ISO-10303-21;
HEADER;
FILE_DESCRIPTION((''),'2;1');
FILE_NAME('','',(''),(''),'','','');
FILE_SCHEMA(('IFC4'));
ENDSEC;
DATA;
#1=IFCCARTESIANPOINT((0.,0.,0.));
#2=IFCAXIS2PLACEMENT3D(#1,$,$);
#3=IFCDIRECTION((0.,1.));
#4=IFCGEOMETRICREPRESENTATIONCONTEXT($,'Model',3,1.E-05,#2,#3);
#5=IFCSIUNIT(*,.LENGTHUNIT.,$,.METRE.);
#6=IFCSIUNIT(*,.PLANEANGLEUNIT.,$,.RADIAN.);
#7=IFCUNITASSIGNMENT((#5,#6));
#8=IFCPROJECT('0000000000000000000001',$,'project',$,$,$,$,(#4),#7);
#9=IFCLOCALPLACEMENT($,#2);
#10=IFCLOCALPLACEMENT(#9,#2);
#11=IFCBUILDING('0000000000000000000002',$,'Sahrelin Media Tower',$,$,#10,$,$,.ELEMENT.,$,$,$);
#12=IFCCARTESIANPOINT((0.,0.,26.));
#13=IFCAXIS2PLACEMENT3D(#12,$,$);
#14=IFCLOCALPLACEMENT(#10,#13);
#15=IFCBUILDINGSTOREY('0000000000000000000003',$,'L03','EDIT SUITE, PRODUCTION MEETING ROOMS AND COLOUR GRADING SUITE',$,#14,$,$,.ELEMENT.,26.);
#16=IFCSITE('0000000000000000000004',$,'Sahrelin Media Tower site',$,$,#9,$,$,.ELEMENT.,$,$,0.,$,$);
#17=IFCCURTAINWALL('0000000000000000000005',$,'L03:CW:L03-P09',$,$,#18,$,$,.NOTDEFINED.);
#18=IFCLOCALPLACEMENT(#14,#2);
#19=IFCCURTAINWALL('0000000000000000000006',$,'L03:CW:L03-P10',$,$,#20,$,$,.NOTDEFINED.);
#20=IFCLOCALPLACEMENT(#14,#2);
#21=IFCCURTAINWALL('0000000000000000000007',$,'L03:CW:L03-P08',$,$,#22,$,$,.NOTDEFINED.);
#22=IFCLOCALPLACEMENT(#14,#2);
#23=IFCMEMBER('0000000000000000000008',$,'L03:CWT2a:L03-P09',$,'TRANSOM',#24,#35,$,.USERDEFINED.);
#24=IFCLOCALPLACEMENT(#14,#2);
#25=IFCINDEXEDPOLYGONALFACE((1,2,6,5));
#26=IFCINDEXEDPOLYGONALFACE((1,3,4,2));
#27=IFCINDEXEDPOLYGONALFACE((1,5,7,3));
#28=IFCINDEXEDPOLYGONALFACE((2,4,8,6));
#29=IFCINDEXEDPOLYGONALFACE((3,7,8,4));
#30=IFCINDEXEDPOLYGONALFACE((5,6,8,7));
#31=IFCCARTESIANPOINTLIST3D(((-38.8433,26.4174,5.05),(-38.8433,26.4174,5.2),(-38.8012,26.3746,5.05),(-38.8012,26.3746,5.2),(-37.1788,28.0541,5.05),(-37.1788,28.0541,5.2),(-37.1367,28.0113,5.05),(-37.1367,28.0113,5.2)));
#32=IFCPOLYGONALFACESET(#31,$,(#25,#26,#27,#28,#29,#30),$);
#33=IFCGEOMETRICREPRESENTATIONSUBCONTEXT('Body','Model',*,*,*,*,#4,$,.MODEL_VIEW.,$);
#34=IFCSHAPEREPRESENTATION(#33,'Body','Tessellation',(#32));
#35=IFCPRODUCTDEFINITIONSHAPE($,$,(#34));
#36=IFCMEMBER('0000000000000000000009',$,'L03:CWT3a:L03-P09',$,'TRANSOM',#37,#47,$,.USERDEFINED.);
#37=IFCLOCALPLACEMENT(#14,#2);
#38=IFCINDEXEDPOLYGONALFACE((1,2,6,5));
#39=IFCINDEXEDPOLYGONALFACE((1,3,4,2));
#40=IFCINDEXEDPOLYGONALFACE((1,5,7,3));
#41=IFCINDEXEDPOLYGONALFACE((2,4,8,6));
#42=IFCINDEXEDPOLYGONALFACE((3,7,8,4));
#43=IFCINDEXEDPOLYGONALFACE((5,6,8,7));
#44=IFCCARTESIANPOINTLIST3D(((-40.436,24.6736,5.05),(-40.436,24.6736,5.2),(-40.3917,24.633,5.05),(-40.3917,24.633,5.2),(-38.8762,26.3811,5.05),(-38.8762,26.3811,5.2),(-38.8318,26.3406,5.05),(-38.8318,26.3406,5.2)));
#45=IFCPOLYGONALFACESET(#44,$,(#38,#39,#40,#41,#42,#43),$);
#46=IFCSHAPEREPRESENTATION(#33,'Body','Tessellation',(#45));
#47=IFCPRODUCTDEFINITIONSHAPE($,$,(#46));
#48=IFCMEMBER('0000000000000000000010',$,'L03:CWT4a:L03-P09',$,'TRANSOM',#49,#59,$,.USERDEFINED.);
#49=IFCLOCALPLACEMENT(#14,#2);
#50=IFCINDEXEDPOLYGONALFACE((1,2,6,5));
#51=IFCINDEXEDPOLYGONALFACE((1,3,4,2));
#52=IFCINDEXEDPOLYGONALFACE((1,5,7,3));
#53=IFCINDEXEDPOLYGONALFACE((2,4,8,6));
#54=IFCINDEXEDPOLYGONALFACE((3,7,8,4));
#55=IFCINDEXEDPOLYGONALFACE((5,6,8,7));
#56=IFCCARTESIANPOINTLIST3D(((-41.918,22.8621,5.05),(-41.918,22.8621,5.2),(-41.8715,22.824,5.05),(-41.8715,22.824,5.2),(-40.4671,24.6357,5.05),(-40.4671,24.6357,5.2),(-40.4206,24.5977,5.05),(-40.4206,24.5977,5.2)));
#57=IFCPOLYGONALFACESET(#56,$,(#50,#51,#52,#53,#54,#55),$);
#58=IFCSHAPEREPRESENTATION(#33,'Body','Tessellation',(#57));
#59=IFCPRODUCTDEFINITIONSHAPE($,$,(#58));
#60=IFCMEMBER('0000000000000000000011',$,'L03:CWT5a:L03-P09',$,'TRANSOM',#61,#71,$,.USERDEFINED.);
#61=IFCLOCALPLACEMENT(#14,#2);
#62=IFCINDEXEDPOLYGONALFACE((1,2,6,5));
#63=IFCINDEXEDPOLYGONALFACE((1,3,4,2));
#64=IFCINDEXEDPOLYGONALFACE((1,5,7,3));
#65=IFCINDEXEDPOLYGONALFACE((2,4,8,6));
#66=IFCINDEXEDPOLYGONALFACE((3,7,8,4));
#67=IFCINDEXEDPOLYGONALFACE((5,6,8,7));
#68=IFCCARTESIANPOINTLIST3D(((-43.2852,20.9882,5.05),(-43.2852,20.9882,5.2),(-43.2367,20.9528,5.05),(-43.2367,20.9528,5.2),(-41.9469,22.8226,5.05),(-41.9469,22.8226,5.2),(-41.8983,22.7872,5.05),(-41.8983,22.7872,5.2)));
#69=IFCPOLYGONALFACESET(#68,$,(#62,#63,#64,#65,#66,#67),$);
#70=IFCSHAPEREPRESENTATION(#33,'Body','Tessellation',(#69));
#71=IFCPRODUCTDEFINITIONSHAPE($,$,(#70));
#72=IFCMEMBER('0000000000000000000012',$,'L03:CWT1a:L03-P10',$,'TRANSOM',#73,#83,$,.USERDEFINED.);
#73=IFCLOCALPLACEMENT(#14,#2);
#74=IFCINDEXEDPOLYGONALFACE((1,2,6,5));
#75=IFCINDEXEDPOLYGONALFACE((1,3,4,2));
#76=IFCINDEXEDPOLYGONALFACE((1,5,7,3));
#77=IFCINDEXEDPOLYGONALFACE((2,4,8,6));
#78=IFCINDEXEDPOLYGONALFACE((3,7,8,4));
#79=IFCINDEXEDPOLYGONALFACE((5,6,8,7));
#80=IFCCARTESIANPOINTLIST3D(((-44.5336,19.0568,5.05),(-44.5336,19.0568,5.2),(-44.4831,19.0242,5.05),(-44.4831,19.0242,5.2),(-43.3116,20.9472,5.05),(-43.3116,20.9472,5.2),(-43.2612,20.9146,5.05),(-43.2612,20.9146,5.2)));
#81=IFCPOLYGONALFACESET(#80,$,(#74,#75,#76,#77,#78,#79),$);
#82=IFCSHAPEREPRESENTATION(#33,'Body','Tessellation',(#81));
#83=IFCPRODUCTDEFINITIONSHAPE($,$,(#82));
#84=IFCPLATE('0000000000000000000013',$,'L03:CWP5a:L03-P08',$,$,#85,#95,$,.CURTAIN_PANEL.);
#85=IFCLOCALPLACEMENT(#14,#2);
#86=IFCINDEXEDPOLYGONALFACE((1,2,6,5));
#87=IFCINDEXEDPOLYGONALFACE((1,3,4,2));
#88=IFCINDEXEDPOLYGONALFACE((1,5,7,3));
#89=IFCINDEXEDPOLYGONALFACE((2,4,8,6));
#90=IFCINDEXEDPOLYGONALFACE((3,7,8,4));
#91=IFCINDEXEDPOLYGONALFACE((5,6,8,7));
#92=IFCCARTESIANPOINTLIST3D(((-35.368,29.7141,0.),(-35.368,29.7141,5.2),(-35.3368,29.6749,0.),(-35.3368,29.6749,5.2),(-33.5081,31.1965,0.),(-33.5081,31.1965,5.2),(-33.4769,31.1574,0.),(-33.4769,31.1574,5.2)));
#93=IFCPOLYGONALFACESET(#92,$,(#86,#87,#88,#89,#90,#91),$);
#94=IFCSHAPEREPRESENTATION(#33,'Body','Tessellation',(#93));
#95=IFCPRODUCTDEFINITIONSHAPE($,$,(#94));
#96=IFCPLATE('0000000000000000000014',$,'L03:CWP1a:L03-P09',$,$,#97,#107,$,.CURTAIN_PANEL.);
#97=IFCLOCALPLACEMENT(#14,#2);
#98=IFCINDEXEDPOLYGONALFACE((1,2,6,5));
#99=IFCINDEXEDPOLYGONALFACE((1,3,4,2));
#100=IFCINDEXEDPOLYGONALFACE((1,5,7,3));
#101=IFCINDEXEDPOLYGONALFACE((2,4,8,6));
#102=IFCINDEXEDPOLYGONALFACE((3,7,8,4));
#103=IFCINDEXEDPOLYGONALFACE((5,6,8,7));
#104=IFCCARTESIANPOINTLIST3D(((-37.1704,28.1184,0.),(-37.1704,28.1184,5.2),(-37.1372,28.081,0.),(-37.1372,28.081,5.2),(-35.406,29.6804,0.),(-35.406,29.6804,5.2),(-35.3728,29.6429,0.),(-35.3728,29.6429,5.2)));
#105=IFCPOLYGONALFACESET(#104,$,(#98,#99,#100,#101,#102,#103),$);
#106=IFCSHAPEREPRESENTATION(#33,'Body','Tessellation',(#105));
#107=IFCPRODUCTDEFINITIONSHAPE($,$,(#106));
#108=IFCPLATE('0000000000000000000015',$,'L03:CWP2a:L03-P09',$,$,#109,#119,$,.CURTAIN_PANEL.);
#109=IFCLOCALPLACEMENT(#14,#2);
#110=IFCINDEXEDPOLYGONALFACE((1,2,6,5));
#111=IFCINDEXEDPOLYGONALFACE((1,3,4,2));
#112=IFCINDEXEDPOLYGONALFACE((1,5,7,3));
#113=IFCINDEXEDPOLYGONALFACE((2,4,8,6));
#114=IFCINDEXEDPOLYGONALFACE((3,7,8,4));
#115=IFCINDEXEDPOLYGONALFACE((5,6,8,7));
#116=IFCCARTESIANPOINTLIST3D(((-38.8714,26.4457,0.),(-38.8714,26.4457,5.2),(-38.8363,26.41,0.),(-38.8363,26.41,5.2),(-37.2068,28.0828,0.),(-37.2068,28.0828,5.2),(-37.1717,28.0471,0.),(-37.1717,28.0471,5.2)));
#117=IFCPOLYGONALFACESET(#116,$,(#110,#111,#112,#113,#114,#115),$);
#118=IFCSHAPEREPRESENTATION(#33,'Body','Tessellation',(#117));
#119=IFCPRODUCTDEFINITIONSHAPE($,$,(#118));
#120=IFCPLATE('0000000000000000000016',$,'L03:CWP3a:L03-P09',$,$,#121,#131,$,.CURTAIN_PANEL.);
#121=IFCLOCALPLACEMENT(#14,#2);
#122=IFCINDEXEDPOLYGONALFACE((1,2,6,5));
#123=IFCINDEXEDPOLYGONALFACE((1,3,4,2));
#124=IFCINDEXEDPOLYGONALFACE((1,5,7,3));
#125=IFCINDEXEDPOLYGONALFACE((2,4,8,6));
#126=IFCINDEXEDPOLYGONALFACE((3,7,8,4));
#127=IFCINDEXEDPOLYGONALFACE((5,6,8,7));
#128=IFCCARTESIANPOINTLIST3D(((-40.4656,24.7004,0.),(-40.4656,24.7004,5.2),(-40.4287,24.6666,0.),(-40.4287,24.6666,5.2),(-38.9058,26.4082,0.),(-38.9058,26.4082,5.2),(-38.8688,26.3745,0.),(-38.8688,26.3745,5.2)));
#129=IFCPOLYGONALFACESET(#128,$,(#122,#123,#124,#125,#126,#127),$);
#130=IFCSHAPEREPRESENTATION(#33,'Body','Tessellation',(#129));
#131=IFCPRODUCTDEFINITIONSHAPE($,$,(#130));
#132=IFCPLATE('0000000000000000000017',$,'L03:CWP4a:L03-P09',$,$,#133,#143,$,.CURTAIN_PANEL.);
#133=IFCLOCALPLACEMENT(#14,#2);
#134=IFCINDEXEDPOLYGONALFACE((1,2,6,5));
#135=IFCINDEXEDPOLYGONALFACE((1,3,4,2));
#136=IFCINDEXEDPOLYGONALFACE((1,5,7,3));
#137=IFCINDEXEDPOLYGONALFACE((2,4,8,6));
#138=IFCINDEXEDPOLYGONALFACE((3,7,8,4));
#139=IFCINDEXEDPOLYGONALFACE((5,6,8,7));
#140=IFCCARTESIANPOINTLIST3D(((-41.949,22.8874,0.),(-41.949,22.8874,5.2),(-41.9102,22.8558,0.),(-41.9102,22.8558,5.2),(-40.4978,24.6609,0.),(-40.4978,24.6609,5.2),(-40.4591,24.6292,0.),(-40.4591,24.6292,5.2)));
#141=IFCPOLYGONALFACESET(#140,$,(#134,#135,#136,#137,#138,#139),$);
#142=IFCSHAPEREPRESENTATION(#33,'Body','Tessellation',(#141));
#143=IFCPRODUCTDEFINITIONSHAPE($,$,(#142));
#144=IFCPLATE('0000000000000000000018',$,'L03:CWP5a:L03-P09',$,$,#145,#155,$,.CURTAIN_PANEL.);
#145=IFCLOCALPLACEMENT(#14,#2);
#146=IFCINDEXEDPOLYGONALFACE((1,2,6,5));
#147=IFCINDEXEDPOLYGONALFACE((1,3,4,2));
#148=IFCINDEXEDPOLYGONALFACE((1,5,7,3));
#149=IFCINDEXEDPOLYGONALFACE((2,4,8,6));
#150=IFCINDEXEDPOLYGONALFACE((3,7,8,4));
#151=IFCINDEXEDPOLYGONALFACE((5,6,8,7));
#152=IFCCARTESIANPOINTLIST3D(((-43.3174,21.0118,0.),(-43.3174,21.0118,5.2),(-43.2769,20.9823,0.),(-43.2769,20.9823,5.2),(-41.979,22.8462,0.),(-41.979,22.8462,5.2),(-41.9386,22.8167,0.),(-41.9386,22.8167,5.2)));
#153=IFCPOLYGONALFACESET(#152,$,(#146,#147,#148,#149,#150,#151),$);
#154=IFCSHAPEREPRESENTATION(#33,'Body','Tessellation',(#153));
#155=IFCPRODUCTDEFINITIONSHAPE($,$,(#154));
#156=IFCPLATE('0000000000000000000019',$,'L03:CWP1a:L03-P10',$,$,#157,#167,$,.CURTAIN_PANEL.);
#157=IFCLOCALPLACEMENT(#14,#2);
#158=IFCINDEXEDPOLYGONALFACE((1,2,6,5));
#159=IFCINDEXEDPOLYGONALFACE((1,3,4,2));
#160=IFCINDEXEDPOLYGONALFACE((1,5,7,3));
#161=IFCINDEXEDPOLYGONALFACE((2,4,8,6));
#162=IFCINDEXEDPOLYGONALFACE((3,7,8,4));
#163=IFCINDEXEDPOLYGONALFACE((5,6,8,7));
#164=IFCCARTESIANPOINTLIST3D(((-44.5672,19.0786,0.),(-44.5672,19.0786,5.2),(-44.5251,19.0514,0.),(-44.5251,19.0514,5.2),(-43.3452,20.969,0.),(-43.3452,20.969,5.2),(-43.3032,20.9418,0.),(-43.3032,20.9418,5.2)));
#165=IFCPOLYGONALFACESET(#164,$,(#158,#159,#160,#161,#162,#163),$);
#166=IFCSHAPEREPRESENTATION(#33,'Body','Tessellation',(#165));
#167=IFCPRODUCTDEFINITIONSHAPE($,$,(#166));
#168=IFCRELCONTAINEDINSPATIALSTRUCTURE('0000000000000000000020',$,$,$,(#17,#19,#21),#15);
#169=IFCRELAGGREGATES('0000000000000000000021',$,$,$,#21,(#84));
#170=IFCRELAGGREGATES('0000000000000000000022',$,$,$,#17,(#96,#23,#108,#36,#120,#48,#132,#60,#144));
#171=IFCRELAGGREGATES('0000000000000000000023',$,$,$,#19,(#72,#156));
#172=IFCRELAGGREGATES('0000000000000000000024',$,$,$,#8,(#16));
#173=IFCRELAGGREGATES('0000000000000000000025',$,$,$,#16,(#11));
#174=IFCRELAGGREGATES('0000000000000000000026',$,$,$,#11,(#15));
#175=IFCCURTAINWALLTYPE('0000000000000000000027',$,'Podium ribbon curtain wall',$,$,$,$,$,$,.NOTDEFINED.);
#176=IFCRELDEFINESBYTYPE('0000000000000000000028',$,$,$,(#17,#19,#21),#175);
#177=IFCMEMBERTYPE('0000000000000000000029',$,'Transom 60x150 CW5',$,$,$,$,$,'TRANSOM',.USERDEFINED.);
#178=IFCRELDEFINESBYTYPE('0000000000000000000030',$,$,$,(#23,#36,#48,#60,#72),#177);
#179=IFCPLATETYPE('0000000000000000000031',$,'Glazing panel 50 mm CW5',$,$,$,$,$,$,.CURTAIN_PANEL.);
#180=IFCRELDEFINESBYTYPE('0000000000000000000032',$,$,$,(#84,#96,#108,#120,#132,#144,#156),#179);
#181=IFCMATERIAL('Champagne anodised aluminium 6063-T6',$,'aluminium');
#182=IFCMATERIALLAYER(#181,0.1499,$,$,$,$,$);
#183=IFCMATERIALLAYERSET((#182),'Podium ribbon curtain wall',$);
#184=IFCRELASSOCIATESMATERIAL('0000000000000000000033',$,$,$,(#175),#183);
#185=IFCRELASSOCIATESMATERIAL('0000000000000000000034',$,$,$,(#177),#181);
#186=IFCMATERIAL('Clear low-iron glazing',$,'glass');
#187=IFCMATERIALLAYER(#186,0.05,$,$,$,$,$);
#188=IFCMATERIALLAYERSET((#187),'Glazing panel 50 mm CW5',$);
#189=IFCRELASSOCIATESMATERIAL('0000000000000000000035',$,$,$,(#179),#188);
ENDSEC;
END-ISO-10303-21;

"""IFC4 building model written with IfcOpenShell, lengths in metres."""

from ifc_helpers import new_model, si_unit, direction, frame, origin, origin_2d, place, context, subcontext, project, spatial, polyline, rectangle, outline, extrude, material, layer, layer_set, material_profile, profile_set, type_object, element, aggregate, save


model = new_model("IFC4")

# Units and contexts
model_context = context("Model", 3, precision=1e-05, world=origin(), true_north=direction((0.0, 1.0)))
body_context = subcontext(model_context, "Body", "Model", "MODEL_VIEW")
ifc_project = project(units=[si_unit("LENGTHUNIT", "METRE"), si_unit("PLANEANGLEUNIT", "RADIAN")], contexts=[model_context])

# Site, building, storey
site_placement = place(None, origin())
site = spatial("IfcSite", under=ifc_project, at=site_placement, Name="Sahrelin Media Tower site", CompositionType="ELEMENT", RefElevation=0.0)
building_placement = place(site_placement, origin())
building = spatial("IfcBuilding", under=site, at=building_placement, Name="Sahrelin Media Tower", CompositionType="ELEMENT")
storey_placement = place(building_placement, frame((0.0, 0.0, 26.0)))
storey = spatial("IfcBuildingStorey", under=building, at=storey_placement, Name="L03", Description="EDIT SUITE, PRODUCTION MEETING ROOMS AND COLOUR GRADING SUITE", CompositionType="ELEMENT", Elevation=26.0)

# Curtain wall
ifc_material_1 = material(Name="Champagne anodised aluminium 6063-T6", Category="aluminium")
ifc_layer_1 = layer(ifc_material_1, 0.1499)
ifc_layer_set_1 = layer_set([ifc_layer_1], Name="Podium ribbon curtain wall")
curtain_wall_type = type_object("IfcCurtainWallType", Name="Podium ribbon curtain wall", PredefinedType="NOTDEFINED", material=ifc_layer_set_1)
curtain_wall_1_placement = place(storey_placement, frame((-35.3552, 29.6985, 0.0), z_axis=(0.0, 0.0, 1.0), x_axis=(1.0, 0.0, 0.0)))
curtain_wall_1 = element("IfcCurtainWall", 1, at=curtain_wall_1_placement, inside=storey, type_object=curtain_wall_type, Name="L03:CW:L03-P09", PredefinedType="NOTDEFINED")

# Curtain wall
curtain_wall_2_placement = place(storey_placement, frame((-43.3013, 21.0, 0.0), z_axis=(0.0, 0.0, 1.0), x_axis=(1.0, 0.0, 0.0)))
curtain_wall_2 = element("IfcCurtainWall", 2, at=curtain_wall_2_placement, inside=storey, type_object=curtain_wall_type, Name="L03:CW:L03-P10", PredefinedType="NOTDEFINED")

# Curtain wall
curtain_wall_3_placement = place(storey_placement, frame((-25.0, 36.373, 0.0), z_axis=(0.0, 0.0, 1.0), x_axis=(1.0, 0.0, 0.0)))
curtain_wall_3 = element("IfcCurtainWall", 3, at=curtain_wall_3_placement, inside=storey, type_object=curtain_wall_type, Name="L03:CW:L03-P08", PredefinedType="NOTDEFINED")
ifc_material_profile_1 = material_profile(ifc_material_1, rectangle(XDim=0.0601, YDim=0.1499, at=origin_2d()), Name="Transom 60x150")
ifc_profile_set_1 = profile_set([ifc_material_profile_1], Name="Champagne anodised aluminium 6063-T6")
member_type_1 = type_object("IfcMemberType", Name="Transom 60x150 CW5", ElementType="TRANSOM", PredefinedType="USERDEFINED", material=ifc_profile_set_1)

# Members
member_1_placement = place(storey_placement, frame((-37.1577, 28.0327, 5.125), z_axis=(-0.713043, -0.70112, 0.0), x_axis=(0.70112, -0.713043, 0.0)))
member_1 = element("IfcMember", 4, at=member_1_placement, type_object=member_type_1, Name="L03:CWT2a:L03-P09", ObjectType="TRANSOM", PredefinedType="USERDEFINED", context=body_context, shape_type="SweptSolid", body=[
    extrude(rectangle(XDim=0.0601, YDim=0.1499, at=origin_2d()), origin(), (0.0, 0.0, 1.0), 2.3345),
])
member_2_placement = place(storey_placement, frame((-38.854, 26.3608, 5.125), z_axis=(-0.674452, -0.738319, 0.0), x_axis=(0.738319, -0.674452, 0.0)))
member_2 = element("IfcMember", 5, at=member_2_placement, type_object=member_type_1, Name="L03:CWT3a:L03-P09", ObjectType="TRANSOM", PredefinedType="USERDEFINED", context=body_context, shape_type="SweptSolid", body=[
    extrude(rectangle(XDim=0.0601, YDim=0.1499, at=origin_2d()), origin(), (0.0, 0.0, 1.0), 2.3127),
])
member_3_placement = place(storey_placement, frame((-40.4438, 24.6167, 5.125), z_axis=(-0.633168, -0.774014, 0.0), x_axis=(0.774014, -0.633168, 0.0)))
member_3 = element("IfcMember", 6, at=member_3_placement, type_object=member_type_1, Name="L03:CWT4a:L03-P09", ObjectType="TRANSOM", PredefinedType="USERDEFINED", context=body_context, shape_type="SweptSolid", body=[
    extrude(rectangle(XDim=0.0601, YDim=0.1499, at=origin_2d()), origin(), (0.0, 0.0, 1.0), 2.2915),
])
member_4_placement = place(storey_placement, frame((-41.9226, 22.8049, 5.125), z_axis=(-0.589386, -0.807852, 0.0), x_axis=(0.807852, -0.589386, 0.0)))
member_4 = element("IfcMember", 7, at=member_4_placement, type_object=member_type_1, Name="L03:CWT5a:L03-P09", ObjectType="TRANSOM", PredefinedType="USERDEFINED", context=body_context, shape_type="SweptSolid", body=[
    extrude(rectangle(XDim=0.0601, YDim=0.1499, at=origin_2d()), origin(), (0.0, 0.0, 1.0), 2.2708),
])
member_5_placement = place(storey_placement, frame((-43.2864, 20.9309, 5.125), z_axis=(-0.542855, -0.839826, 0.0), x_axis=(0.839826, -0.542855, 0.0)))
member_5 = element("IfcMember", 8, at=member_5_placement, type_object=member_type_1, Name="L03:CWT1a:L03-P10", ObjectType="TRANSOM", PredefinedType="USERDEFINED", context=body_context, shape_type="SweptSolid", body=[
    extrude(rectangle(XDim=0.0601, YDim=0.1499, at=origin_2d()), origin(), (0.0, 0.0, 1.0), 2.251),
])

# Plates
ifc_material_2 = material(Name="Clear low-iron glazing", Category="glass")
ifc_layer_2 = layer(ifc_material_2, 0.05)
ifc_layer_set_2 = layer_set([ifc_layer_2], Name="Glazing panel 50 mm CW5")
plate_type = type_object("IfcPlateType", Name="Glazing panel 50 mm CW5", PredefinedType="CURTAIN_PANEL", material=ifc_layer_set_2)
plate_1_placement = place(storey_placement, frame((-33.5081, 31.1965, 0.0), z_axis=(-0.623292, 0.781989, 0.0), x_axis=(-0.781989, -0.623292, 0.0)))
plate_1 = element("IfcPlate", 9, at=plate_1_placement, type_object=plate_type, Name="L03:CWP5a:L03-P08", PredefinedType="CURTAIN_PANEL", context=body_context, shape_type="SweptSolid", body=[
    extrude(outline(polyline([(0.0, 0.0), (2.3784, 0.0), (2.3784, 5.2), (0.0, 5.2), (0.0, 0.0)])), origin(), (0.0, 0.0, -1.0), 0.05),
])
aggregate(curtain_wall_3, [plate_1])
plate_2_placement = place(storey_placement, frame((-35.406, 29.6804, 0.0), z_axis=(-0.662858, 0.748745, 0.0), x_axis=(-0.748745, -0.662858, 0.0)))
plate_2 = element("IfcPlate", 10, at=plate_2_placement, type_object=plate_type, Name="L03:CWP1a:L03-P09", PredefinedType="CURTAIN_PANEL", context=body_context, shape_type="SweptSolid", body=[
    extrude(outline(polyline([(0.0, 0.0), (2.3564, 0.0), (2.3564, 5.2), (0.0, 5.2), (0.0, 0.0)])), origin(), (0.0, 0.0, -1.0), 0.05),
])
plate_3_placement = place(storey_placement, frame((-37.2068, 28.0828, 0.0), z_axis=(-0.701174, 0.712991, 0.0), x_axis=(-0.712991, -0.701174, 0.0)))
plate_3 = element("IfcPlate", 11, at=plate_3_placement, type_object=plate_type, Name="L03:CWP2a:L03-P09", PredefinedType="CURTAIN_PANEL", context=body_context, shape_type="SweptSolid", body=[
    extrude(outline(polyline([(0.0, 0.0), (2.3347, 0.0), (2.3347, 5.2), (0.0, 5.2), (0.0, 0.0)])), origin(), (0.0, 0.0, -1.0), 0.05),
])
plate_4_placement = place(storey_placement, frame((-38.9058, 26.4082, 0.0), z_axis=(-0.738367, 0.6744, 0.0), x_axis=(-0.6744, -0.738367, 0.0)))
plate_4 = element("IfcPlate", 12, at=plate_4_placement, type_object=plate_type, Name="L03:CWP3a:L03-P09", PredefinedType="CURTAIN_PANEL", context=body_context, shape_type="SweptSolid", body=[
    extrude(outline(polyline([(0.0, 0.0), (2.313, 0.0), (2.313, 5.2), (0.0, 5.2), (0.0, 0.0)])), origin(), (0.0, 0.0, -1.0), 0.05),
])
plate_5_placement = place(storey_placement, frame((-40.4978, 24.6609, 0.0), z_axis=(-0.773919, 0.633284, 0.0), x_axis=(-0.633284, -0.773919, 0.0)))
plate_5 = element("IfcPlate", 13, at=plate_5_placement, type_object=plate_type, Name="L03:CWP4a:L03-P09", PredefinedType="CURTAIN_PANEL", context=body_context, shape_type="SweptSolid", body=[
    extrude(outline(polyline([(0.0, 0.0), (2.2915, 0.0), (2.2915, 5.2), (0.0, 5.2), (0.0, 0.0)])), origin(), (0.0, 0.0, -1.0), 0.05),
])
plate_6_placement = place(storey_placement, frame((-41.979, 22.8462, 0.0), z_axis=(-0.807852, 0.589386, 0.0), x_axis=(-0.589386, -0.807852, 0.0)))
plate_6 = element("IfcPlate", 14, at=plate_6_placement, type_object=plate_type, Name="L03:CWP5a:L03-P09", PredefinedType="CURTAIN_PANEL", context=body_context, shape_type="SweptSolid", body=[
    extrude(outline(polyline([(0.0, 0.0), (2.2708, 0.0), (2.2708, 5.2), (0.0, 5.2), (0.0, 0.0)])), origin(), (0.0, 0.0, -1.0), 0.05),
])
aggregate(curtain_wall_1, [plate_2, member_1, plate_3, member_2, plate_4, member_3, plate_5, member_4, plate_6])
plate_7_placement = place(storey_placement, frame((-43.3452, 20.969, 0.0), z_axis=(-0.839826, 0.542855, 0.0), x_axis=(-0.542855, -0.839826, 0.0)))
plate_7 = element("IfcPlate", 15, at=plate_7_placement, type_object=plate_type, Name="L03:CWP1a:L03-P10", PredefinedType="CURTAIN_PANEL", context=body_context, shape_type="SweptSolid", body=[
    extrude(outline(polyline([(0.0, 0.0), (2.251, 0.0), (2.251, 5.2), (0.0, 5.2), (0.0, 0.0)])), origin(), (0.0, 0.0, -1.0), 0.05),
])
aggregate(curtain_wall_2, [member_5, plate_7])

save(model, "model.ifc")
